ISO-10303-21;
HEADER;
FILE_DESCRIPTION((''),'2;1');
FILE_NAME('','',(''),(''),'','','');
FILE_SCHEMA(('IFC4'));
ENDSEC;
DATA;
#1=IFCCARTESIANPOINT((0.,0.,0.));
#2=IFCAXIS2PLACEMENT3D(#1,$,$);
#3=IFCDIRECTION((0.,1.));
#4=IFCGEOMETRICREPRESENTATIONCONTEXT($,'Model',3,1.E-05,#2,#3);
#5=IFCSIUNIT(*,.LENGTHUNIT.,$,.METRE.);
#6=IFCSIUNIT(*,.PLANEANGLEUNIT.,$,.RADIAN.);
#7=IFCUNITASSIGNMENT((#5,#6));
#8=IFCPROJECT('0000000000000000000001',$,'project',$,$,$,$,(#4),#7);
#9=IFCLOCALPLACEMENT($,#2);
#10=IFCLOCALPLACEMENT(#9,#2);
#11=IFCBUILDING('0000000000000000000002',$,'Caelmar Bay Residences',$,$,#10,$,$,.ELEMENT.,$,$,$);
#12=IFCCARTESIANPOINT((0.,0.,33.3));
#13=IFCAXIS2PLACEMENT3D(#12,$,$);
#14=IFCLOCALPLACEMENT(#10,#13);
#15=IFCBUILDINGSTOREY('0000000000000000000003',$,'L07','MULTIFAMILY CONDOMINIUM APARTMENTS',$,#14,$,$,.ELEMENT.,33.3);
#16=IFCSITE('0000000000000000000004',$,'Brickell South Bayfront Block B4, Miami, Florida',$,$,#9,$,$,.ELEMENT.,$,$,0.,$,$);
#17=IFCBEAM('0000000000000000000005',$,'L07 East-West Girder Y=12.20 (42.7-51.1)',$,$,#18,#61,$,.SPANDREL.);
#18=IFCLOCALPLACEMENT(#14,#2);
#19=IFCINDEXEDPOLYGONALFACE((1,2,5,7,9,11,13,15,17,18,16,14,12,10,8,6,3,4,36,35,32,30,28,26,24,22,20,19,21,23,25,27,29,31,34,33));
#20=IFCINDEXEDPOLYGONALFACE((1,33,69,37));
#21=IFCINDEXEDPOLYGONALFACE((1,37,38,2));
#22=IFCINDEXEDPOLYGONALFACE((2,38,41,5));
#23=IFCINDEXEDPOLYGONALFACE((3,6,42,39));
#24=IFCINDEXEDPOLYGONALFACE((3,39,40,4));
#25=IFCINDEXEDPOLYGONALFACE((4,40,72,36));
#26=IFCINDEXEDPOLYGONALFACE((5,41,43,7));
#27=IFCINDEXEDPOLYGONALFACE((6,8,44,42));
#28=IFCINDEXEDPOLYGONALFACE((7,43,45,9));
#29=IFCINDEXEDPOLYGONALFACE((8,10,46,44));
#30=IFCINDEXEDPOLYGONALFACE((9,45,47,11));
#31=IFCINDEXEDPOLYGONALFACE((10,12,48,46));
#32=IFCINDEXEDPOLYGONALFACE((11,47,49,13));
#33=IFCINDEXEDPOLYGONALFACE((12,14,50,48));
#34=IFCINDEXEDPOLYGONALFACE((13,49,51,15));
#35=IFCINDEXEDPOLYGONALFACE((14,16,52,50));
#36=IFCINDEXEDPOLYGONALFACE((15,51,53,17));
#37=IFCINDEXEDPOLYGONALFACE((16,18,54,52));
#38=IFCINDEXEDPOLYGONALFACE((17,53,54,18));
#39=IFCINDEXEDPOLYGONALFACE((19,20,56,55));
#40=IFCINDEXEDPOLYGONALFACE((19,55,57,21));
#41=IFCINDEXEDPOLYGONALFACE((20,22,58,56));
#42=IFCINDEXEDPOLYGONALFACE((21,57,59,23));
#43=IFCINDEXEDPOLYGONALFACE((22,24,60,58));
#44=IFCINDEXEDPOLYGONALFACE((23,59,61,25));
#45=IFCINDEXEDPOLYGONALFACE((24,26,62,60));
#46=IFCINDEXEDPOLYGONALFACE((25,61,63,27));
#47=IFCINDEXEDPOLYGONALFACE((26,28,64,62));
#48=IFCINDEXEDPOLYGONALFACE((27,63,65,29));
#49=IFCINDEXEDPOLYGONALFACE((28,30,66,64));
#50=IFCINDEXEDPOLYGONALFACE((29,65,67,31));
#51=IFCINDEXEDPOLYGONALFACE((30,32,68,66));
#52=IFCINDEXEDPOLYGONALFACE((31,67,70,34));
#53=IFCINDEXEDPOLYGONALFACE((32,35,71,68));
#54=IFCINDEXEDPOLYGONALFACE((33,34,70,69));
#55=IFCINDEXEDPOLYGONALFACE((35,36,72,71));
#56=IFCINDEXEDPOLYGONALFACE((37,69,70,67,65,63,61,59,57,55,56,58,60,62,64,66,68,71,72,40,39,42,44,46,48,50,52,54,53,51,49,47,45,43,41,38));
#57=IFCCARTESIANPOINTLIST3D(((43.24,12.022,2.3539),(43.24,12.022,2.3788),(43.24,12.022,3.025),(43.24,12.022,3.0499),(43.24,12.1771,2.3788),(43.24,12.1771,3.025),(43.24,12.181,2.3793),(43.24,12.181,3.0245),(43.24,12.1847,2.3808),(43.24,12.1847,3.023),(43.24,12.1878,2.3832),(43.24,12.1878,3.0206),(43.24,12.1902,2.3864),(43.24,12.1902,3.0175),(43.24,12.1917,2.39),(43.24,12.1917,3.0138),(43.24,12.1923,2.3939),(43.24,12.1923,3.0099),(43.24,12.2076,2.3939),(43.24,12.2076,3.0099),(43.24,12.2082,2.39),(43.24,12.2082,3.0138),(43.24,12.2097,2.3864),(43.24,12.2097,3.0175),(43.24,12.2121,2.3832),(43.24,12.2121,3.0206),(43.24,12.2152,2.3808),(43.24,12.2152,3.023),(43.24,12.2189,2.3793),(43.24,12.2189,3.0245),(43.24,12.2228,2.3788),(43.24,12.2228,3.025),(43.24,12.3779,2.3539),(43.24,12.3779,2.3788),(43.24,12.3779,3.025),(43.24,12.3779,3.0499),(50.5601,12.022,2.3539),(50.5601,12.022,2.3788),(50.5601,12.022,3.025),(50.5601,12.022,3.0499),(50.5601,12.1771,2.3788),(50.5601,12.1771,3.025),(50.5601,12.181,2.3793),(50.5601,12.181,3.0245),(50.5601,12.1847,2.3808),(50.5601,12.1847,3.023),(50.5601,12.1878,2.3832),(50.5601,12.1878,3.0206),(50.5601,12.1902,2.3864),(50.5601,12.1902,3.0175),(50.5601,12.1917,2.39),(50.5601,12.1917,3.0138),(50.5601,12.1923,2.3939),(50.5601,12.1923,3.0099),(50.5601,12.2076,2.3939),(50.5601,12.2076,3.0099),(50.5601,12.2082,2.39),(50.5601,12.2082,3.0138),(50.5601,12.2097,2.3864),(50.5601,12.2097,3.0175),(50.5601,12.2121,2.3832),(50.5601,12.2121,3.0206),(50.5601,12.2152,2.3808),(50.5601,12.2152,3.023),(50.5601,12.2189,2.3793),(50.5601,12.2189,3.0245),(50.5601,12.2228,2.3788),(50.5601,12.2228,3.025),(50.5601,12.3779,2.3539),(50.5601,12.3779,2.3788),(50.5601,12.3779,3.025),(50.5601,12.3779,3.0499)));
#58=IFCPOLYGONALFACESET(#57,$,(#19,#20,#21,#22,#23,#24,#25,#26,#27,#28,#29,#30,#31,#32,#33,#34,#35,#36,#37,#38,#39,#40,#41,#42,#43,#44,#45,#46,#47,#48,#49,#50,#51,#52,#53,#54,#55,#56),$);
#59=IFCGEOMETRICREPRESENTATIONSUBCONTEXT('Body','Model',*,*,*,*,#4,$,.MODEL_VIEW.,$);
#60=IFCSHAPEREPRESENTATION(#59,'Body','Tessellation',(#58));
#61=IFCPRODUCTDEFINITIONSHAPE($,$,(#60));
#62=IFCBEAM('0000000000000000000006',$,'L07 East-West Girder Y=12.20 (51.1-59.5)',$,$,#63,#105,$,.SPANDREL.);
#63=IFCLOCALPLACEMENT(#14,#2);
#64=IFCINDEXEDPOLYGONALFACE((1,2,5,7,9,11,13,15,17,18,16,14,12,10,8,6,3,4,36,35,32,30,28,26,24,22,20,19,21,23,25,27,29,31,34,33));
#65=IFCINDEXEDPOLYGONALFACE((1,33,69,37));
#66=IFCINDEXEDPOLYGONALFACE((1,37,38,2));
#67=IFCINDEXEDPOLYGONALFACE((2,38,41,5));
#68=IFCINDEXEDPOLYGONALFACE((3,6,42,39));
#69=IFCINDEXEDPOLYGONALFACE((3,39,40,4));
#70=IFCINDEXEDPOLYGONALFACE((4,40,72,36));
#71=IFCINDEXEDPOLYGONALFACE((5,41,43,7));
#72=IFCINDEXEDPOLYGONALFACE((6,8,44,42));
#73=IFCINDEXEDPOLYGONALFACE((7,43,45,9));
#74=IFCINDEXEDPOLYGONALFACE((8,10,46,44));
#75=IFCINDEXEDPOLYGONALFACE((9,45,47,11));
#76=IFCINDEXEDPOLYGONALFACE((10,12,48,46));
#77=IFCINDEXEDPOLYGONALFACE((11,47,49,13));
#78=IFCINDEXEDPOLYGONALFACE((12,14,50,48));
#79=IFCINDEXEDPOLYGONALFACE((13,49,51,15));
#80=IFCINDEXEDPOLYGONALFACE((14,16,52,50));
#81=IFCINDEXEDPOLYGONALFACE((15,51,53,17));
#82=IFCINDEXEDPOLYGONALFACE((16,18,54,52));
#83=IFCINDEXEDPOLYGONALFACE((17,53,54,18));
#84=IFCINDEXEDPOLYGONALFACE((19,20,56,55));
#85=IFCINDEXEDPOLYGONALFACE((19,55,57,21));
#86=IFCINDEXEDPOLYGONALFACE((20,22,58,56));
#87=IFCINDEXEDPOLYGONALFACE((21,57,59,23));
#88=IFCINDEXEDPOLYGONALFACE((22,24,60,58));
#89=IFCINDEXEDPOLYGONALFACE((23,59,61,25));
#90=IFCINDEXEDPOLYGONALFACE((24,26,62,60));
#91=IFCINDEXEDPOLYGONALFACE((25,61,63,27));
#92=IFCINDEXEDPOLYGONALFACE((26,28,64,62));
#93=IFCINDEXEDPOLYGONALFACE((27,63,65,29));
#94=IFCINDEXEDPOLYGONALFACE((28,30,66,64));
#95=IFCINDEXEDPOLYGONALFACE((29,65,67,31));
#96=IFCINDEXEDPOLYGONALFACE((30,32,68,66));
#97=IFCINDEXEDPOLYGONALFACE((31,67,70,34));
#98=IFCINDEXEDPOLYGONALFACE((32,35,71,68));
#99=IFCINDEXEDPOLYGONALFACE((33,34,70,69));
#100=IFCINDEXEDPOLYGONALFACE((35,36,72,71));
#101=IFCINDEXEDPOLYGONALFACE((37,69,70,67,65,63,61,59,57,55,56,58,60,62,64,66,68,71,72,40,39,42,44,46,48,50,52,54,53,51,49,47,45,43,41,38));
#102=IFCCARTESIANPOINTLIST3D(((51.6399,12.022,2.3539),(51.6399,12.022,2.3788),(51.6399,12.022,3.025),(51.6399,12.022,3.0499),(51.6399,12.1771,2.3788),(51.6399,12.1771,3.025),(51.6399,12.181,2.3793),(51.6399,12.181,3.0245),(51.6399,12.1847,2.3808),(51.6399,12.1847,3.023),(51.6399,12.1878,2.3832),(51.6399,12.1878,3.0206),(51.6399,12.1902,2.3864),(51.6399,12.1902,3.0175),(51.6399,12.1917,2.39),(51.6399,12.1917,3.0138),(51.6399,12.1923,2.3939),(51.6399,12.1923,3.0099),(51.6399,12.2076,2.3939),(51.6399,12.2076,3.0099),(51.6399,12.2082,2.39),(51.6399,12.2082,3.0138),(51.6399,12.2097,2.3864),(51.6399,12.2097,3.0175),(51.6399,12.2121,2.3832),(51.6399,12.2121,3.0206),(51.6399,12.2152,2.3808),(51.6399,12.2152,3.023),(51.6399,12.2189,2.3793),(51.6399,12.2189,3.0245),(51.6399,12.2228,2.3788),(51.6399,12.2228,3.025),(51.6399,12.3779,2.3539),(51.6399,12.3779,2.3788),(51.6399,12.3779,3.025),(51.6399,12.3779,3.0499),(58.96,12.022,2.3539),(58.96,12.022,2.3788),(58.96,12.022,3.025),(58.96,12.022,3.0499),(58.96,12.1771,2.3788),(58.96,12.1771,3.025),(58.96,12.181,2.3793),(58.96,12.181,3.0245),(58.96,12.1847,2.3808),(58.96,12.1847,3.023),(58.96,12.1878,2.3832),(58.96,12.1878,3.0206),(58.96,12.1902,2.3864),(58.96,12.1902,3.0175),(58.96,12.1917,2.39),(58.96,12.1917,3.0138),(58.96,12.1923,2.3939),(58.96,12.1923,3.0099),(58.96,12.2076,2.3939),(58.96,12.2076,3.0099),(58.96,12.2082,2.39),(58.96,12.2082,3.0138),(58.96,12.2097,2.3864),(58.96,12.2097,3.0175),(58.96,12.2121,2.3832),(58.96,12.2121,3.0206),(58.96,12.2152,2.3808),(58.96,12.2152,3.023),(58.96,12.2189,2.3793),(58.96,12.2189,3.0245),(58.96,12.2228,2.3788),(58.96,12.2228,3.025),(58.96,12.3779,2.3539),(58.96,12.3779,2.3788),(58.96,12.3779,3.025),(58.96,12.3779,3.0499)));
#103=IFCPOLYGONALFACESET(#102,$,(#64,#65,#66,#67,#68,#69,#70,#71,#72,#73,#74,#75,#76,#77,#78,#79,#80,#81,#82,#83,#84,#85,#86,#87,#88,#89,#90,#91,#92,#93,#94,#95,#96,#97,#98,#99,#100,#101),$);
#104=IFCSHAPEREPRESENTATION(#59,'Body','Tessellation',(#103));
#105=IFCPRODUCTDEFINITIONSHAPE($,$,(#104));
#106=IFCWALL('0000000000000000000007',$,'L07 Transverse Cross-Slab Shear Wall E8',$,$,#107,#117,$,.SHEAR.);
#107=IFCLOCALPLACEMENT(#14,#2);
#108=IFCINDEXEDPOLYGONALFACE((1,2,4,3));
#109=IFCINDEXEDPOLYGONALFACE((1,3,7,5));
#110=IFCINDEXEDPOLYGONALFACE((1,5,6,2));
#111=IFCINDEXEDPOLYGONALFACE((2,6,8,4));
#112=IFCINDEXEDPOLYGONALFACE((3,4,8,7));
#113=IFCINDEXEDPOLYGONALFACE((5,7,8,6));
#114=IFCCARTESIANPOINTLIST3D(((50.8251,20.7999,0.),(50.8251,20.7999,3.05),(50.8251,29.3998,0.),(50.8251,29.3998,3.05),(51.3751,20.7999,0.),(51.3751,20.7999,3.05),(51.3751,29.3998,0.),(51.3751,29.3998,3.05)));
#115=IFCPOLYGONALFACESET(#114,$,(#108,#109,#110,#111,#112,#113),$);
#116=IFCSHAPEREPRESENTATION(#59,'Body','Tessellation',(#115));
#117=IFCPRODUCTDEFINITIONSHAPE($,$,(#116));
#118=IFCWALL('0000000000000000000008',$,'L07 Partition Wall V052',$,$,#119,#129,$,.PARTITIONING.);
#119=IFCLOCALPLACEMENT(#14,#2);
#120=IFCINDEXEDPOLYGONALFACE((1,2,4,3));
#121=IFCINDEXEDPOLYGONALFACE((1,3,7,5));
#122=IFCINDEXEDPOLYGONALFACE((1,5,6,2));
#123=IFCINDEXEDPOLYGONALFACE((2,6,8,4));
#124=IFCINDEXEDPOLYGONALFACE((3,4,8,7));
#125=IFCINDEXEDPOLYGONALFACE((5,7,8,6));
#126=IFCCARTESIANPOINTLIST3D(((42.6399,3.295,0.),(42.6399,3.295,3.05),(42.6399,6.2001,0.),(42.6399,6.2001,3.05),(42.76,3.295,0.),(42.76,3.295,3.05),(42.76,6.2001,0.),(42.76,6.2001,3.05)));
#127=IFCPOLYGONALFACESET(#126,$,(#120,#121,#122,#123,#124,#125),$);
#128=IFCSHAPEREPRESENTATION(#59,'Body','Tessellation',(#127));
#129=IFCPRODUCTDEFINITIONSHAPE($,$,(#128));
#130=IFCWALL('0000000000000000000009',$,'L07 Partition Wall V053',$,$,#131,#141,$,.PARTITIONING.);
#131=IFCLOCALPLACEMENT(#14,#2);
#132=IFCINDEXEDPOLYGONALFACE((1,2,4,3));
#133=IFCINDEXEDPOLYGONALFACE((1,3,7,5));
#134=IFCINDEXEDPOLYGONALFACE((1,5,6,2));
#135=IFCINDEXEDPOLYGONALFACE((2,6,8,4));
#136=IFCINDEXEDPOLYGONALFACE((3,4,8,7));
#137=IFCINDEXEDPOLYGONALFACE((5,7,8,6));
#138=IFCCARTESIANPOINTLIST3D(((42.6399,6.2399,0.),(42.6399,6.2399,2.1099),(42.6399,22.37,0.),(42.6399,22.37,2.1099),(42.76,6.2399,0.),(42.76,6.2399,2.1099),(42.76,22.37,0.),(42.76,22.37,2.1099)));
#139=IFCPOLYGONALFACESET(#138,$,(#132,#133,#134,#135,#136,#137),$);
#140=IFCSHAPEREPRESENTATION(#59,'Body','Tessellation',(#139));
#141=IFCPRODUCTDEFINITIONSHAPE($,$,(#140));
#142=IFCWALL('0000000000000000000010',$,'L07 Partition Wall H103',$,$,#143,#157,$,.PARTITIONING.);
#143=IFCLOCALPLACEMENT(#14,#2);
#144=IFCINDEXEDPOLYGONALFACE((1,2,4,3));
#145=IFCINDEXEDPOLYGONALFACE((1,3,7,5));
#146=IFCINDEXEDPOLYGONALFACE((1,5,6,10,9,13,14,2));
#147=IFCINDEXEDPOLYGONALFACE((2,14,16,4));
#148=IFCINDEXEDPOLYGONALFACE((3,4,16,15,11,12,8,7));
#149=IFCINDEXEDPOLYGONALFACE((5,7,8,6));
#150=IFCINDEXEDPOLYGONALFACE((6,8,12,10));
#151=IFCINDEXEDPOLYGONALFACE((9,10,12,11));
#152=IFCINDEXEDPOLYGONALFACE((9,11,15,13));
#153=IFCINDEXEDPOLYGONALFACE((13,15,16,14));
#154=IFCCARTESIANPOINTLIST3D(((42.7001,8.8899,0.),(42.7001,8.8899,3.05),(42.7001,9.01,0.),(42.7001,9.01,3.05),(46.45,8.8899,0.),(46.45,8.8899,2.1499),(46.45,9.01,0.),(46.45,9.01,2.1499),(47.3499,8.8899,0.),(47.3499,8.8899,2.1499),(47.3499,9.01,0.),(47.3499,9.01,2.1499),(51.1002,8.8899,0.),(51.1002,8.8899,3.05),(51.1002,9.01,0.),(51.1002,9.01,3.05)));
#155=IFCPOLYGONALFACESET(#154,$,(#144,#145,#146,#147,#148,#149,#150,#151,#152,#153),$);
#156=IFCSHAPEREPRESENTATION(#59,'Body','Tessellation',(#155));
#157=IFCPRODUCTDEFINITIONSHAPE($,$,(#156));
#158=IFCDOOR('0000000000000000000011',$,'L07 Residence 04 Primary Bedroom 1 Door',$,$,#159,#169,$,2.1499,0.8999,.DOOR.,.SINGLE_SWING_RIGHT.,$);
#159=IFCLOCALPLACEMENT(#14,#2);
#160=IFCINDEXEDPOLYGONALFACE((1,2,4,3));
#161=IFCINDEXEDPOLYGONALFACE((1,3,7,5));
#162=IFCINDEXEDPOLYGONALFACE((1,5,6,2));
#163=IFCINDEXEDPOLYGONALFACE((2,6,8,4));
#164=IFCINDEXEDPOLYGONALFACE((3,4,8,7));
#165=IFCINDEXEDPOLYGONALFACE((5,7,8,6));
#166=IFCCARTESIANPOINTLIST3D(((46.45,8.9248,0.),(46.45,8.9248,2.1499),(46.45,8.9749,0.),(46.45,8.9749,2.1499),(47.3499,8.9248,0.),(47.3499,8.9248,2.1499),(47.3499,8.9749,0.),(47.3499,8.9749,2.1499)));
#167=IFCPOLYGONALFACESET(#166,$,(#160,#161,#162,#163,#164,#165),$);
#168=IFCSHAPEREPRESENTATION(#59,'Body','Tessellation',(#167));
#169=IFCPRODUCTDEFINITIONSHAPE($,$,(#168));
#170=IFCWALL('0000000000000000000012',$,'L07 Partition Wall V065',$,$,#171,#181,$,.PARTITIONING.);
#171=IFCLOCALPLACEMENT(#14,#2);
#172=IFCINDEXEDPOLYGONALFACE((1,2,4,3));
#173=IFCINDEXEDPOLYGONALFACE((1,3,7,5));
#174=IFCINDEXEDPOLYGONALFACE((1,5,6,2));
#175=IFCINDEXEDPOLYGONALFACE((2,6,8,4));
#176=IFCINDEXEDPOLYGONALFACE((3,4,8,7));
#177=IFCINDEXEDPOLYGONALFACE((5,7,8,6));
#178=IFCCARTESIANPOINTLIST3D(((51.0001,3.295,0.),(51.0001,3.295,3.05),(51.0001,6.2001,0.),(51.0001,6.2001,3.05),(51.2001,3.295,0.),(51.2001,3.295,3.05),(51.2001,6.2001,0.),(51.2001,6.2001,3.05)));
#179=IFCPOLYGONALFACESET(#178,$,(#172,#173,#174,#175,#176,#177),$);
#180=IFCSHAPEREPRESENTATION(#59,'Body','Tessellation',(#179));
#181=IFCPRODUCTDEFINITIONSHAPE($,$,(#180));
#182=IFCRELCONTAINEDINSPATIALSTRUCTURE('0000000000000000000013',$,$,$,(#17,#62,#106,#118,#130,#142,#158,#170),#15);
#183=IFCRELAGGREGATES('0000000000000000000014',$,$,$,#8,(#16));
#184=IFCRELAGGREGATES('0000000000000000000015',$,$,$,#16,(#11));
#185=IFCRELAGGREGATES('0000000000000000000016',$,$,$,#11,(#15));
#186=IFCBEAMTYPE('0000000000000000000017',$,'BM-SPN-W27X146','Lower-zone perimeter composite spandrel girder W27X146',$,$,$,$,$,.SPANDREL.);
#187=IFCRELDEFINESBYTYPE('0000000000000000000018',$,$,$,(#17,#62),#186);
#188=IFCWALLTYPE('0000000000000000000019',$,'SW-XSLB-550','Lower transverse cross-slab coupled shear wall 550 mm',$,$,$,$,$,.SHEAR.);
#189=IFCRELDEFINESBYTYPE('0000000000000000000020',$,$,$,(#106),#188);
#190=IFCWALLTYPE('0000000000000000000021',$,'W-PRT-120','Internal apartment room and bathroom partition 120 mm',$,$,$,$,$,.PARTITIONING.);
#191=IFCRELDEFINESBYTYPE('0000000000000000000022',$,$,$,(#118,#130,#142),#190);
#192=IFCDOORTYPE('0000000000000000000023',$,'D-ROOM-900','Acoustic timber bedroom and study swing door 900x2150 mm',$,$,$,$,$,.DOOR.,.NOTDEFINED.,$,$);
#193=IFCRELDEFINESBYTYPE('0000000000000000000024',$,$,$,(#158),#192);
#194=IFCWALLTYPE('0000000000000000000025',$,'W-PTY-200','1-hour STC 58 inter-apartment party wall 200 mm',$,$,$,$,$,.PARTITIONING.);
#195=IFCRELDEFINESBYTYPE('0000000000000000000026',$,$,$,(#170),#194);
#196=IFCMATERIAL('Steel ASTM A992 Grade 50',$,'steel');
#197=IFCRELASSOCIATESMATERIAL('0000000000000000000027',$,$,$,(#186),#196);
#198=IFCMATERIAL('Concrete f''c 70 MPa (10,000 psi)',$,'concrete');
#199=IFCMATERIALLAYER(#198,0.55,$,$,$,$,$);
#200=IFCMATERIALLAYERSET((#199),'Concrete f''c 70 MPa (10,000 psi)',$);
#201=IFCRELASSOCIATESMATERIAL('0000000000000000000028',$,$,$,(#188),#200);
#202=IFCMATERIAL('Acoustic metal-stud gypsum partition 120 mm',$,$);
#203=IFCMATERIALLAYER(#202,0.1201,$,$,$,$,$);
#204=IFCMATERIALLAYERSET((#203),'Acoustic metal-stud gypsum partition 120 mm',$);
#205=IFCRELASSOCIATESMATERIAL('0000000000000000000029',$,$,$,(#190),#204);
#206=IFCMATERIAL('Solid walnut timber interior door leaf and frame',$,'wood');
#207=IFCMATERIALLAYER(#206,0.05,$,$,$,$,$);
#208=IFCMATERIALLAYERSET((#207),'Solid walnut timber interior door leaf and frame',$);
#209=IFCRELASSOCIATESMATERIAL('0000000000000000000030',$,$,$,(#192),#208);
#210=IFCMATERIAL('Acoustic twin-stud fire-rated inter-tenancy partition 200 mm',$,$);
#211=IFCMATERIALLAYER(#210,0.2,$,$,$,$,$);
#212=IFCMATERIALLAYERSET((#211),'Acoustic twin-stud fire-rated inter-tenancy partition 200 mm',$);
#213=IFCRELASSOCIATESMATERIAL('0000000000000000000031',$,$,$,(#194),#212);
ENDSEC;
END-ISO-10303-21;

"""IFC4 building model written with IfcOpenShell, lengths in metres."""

from ifc_helpers import new_model, si_unit, direction, frame, frame_2d, origin, origin_2d, place, context, subcontext, project, spatial, rectangle, i_section, extrude, material, layer, layer_set, material_profile, profile_set, type_object, element, fill, save


model = new_model("IFC4")

# Units and contexts
model_context = context("Model", 3, precision=1e-05, world=origin(), true_north=direction((0.0, 1.0)))
body_context = subcontext(model_context, "Body", "Model", "MODEL_VIEW")
ifc_project = project(units=[si_unit("LENGTHUNIT", "METRE"), si_unit("PLANEANGLEUNIT", "RADIAN")], contexts=[model_context])

# Site, building, storey
site_placement = place(None, origin())
site = spatial("IfcSite", under=ifc_project, at=site_placement, Name="Brickell South Bayfront Block B4, Miami, Florida", CompositionType="ELEMENT", RefElevation=0.0)
building_placement = place(site_placement, origin())
building = spatial("IfcBuilding", under=site, at=building_placement, Name="Caelmar Bay Residences", CompositionType="ELEMENT")
storey_placement = place(building_placement, frame((0.0, 0.0, 33.3)))
storey = spatial("IfcBuildingStorey", under=building, at=storey_placement, Name="L07", Description="MULTIFAMILY CONDOMINIUM APARTMENTS", CompositionType="ELEMENT", Elevation=33.3)

# Shared definitions
ifc_material_1 = material(Name="Concrete f'c 70 MPa (10,000 psi)", Category="concrete")

# Beams
ifc_material_2 = material(Name="Steel ASTM A992 Grade 50", Category="steel")
ifc_material_profile_1 = material_profile(ifc_material_2, i_section(OverallWidth=0.356, OverallDepth=0.696, WebThickness=0.0154, FlangeThickness=0.0249, FilletRadius=0.0151, at=origin_2d()), Name="W27X146")
ifc_profile_set_1 = profile_set([ifc_material_profile_1], Name="Steel ASTM A992 Grade 50")
beam_type_1 = type_object("IfcBeamType", Name="BM-SPN-W27X146", Description="Lower-zone perimeter composite spandrel girder W27X146", PredefinedType="SPANDREL", material=ifc_profile_set_1)
for number, where, z_axis, x_axis, name in (
    (1, (43.24, 12.2, 2.7019), (1.0, 0.0, 0.0), (0.0, 1.0, 0.0), "L07 East-West Girder Y=12.20 (42.7-51.1)"),
    (2, (51.6399, 12.2, 2.7019), (1.0, 0.0, 0.0), (0.0, 1.0, 0.0), "L07 East-West Girder Y=12.20 (51.1-59.5)"),
):
    element("IfcBeam", number, at=place(storey_placement, frame(where, z_axis=z_axis, x_axis=x_axis)), inside=storey, type_object=beam_type_1, Name=name, PredefinedType="SPANDREL", context=body_context, shape_type="SweptSolid", body=[
        extrude(i_section(OverallWidth=0.356, OverallDepth=0.696, WebThickness=0.0154, FlangeThickness=0.0249, FilletRadius=0.0151, at=origin_2d()), origin(), (0.0, 0.0, 1.0), 7.3201),
    ])

# Walls
ifc_layer_1 = layer(ifc_material_1, 0.55)
ifc_layer_set_1 = layer_set([ifc_layer_1], Name="Concrete f'c 70 MPa (10,000 psi)")
wall_type_1 = type_object("IfcWallType", Name="SW-XSLB-550", Description="Lower transverse cross-slab coupled shear wall 550 mm", PredefinedType="SHEAR", material=ifc_layer_set_1)
wall_1_placement = place(storey_placement, frame((51.1001, 20.8, 0.0), z_axis=(0.0, 0.0, 1.0), x_axis=(0.0, 1.0, 0.0)))
element("IfcWall", 3, at=wall_1_placement, inside=storey, type_object=wall_type_1, Name="L07 Transverse Cross-Slab Shear Wall E8", PredefinedType="SHEAR", context=body_context, shape_type="SweptSolid", body=[
    extrude(rectangle(XDim=8.5999, YDim=0.55, at=frame_2d((4.2998, 0.0))), origin(), (0.0, 0.0, 1.0), 3.05),
])
ifc_material_3 = material(Name="Acoustic metal-stud gypsum partition 120 mm")
ifc_layer_2 = layer(ifc_material_3, 0.1201)
ifc_layer_set_2 = layer_set([ifc_layer_2], Name="Acoustic metal-stud gypsum partition 120 mm")
wall_type_2 = type_object("IfcWallType", Name="W-PRT-120", Description="Internal apartment room and bathroom partition 120 mm", PredefinedType="PARTITIONING", material=ifc_layer_set_2)
wall_2_placement = place(storey_placement, frame((42.7, 3.2949, 0.0), z_axis=(0.0, 0.0, 1.0), x_axis=(0.0, 1.0, 0.0)))
element("IfcWall", 4, at=wall_2_placement, inside=storey, type_object=wall_type_2, Name="L07 Partition Wall V052", PredefinedType="PARTITIONING", context=body_context, shape_type="SweptSolid", body=[
    extrude(rectangle(XDim=2.905, YDim=0.1201, at=frame_2d((1.4526, 0.0))), origin(), (0.0, 0.0, 1.0), 3.05),
])
wall_3_placement = place(storey_placement, frame((42.7, 6.24, 0.0), z_axis=(0.0, 0.0, 1.0), x_axis=(0.0, 1.0, 0.0)))
element("IfcWall", 5, at=wall_3_placement, inside=storey, type_object=wall_type_2, Name="L07 Partition Wall V053", PredefinedType="PARTITIONING", context=body_context, shape_type="SweptSolid", body=[
    extrude(rectangle(XDim=16.1301, YDim=0.1201, at=frame_2d((8.0649, 0.0))), origin(), (0.0, 0.0, 1.0), 2.1099),
])

# Wall, opening, door
wall_4_placement = place(storey_placement, frame((42.7, 8.95, 0.0), z_axis=(0.0, 0.0, 1.0), x_axis=(1.0, 0.0, 0.0)))
wall_4 = element("IfcWall", 6, at=wall_4_placement, inside=storey, type_object=wall_type_2, Name="L07 Partition Wall H103", PredefinedType="PARTITIONING", context=body_context, shape_type="SweptSolid", body=[
    extrude(rectangle(XDim=8.4001, YDim=0.1201, at=frame_2d((4.2002, 0.0))), origin(), (0.0, 0.0, 1.0), 3.05),
])
opening_placement = place(wall_4_placement, frame((3.75, 0.0, 0.0)))
opening = element("IfcOpeningElement", 7, at=opening_placement, cuts=wall_4, PredefinedType="OPENING", context=body_context, shape_type="SweptSolid", body=[
    extrude(rectangle(XDim=0.8999, YDim=2.1499, at=frame_2d((0.45, 1.075))), frame((0.0, 0.0701, 0.0), z_axis=(0.0, -1.0, 0.0), x_axis=(1.0, 0.0, 0.0)), (0.0, 0.0, 1.0), 0.1401),
])
ifc_material_4 = material(Name="Solid walnut timber interior door leaf and frame", Category="wood")
ifc_layer_3 = layer(ifc_material_4, 0.05)
ifc_layer_set_3 = layer_set([ifc_layer_3], Name="Solid walnut timber interior door leaf and frame")
door_type = type_object("IfcDoorType", Name="D-ROOM-900", Description="Acoustic timber bedroom and study swing door 900x2150 mm", OperationType="NOTDEFINED", PredefinedType="DOOR", material=ifc_layer_set_3)
door_placement = place(opening_placement, origin())
door = element("IfcDoor", 8, at=door_placement, inside=storey, type_object=door_type, Name="L07 Residence 04 Primary Bedroom 1 Door", OperationType="SINGLE_SWING_RIGHT", OverallHeight=2.1499, OverallWidth=0.8999, PredefinedType="DOOR", context=body_context, shape_type="SweptSolid", body=[
    extrude(rectangle(XDim=0.8999, YDim=2.1499, at=frame_2d((0.45, 1.075))), frame((0.0, 0.0249, 0.0), z_axis=(0.0, -1.0, 0.0), x_axis=(1.0, 0.0, 0.0)), (0.0, 0.0, 1.0), 0.05),
])
fill(opening, door)

# Wall
ifc_material_5 = material(Name="Acoustic twin-stud fire-rated inter-tenancy partition 200 mm")
ifc_layer_4 = layer(ifc_material_5, 0.2)
ifc_layer_set_4 = layer_set([ifc_layer_4], Name="Acoustic twin-stud fire-rated inter-tenancy partition 200 mm")
wall_type_3 = type_object("IfcWallType", Name="W-PTY-200", Description="1-hour STC 58 inter-apartment party wall 200 mm", PredefinedType="PARTITIONING", material=ifc_layer_set_4)
wall_5_placement = place(storey_placement, frame((51.1001, 3.2949, 0.0), z_axis=(0.0, 0.0, 1.0), x_axis=(0.0, 1.0, 0.0)))
element("IfcWall", 9, at=wall_5_placement, inside=storey, type_object=wall_type_3, Name="L07 Partition Wall V065", PredefinedType="PARTITIONING", context=body_context, shape_type="SweptSolid", body=[
    extrude(rectangle(XDim=2.905, YDim=0.2, at=frame_2d((1.4526, 0.0))), origin(), (0.0, 0.0, 1.0), 3.05),
])

save(model, "model.ifc")
